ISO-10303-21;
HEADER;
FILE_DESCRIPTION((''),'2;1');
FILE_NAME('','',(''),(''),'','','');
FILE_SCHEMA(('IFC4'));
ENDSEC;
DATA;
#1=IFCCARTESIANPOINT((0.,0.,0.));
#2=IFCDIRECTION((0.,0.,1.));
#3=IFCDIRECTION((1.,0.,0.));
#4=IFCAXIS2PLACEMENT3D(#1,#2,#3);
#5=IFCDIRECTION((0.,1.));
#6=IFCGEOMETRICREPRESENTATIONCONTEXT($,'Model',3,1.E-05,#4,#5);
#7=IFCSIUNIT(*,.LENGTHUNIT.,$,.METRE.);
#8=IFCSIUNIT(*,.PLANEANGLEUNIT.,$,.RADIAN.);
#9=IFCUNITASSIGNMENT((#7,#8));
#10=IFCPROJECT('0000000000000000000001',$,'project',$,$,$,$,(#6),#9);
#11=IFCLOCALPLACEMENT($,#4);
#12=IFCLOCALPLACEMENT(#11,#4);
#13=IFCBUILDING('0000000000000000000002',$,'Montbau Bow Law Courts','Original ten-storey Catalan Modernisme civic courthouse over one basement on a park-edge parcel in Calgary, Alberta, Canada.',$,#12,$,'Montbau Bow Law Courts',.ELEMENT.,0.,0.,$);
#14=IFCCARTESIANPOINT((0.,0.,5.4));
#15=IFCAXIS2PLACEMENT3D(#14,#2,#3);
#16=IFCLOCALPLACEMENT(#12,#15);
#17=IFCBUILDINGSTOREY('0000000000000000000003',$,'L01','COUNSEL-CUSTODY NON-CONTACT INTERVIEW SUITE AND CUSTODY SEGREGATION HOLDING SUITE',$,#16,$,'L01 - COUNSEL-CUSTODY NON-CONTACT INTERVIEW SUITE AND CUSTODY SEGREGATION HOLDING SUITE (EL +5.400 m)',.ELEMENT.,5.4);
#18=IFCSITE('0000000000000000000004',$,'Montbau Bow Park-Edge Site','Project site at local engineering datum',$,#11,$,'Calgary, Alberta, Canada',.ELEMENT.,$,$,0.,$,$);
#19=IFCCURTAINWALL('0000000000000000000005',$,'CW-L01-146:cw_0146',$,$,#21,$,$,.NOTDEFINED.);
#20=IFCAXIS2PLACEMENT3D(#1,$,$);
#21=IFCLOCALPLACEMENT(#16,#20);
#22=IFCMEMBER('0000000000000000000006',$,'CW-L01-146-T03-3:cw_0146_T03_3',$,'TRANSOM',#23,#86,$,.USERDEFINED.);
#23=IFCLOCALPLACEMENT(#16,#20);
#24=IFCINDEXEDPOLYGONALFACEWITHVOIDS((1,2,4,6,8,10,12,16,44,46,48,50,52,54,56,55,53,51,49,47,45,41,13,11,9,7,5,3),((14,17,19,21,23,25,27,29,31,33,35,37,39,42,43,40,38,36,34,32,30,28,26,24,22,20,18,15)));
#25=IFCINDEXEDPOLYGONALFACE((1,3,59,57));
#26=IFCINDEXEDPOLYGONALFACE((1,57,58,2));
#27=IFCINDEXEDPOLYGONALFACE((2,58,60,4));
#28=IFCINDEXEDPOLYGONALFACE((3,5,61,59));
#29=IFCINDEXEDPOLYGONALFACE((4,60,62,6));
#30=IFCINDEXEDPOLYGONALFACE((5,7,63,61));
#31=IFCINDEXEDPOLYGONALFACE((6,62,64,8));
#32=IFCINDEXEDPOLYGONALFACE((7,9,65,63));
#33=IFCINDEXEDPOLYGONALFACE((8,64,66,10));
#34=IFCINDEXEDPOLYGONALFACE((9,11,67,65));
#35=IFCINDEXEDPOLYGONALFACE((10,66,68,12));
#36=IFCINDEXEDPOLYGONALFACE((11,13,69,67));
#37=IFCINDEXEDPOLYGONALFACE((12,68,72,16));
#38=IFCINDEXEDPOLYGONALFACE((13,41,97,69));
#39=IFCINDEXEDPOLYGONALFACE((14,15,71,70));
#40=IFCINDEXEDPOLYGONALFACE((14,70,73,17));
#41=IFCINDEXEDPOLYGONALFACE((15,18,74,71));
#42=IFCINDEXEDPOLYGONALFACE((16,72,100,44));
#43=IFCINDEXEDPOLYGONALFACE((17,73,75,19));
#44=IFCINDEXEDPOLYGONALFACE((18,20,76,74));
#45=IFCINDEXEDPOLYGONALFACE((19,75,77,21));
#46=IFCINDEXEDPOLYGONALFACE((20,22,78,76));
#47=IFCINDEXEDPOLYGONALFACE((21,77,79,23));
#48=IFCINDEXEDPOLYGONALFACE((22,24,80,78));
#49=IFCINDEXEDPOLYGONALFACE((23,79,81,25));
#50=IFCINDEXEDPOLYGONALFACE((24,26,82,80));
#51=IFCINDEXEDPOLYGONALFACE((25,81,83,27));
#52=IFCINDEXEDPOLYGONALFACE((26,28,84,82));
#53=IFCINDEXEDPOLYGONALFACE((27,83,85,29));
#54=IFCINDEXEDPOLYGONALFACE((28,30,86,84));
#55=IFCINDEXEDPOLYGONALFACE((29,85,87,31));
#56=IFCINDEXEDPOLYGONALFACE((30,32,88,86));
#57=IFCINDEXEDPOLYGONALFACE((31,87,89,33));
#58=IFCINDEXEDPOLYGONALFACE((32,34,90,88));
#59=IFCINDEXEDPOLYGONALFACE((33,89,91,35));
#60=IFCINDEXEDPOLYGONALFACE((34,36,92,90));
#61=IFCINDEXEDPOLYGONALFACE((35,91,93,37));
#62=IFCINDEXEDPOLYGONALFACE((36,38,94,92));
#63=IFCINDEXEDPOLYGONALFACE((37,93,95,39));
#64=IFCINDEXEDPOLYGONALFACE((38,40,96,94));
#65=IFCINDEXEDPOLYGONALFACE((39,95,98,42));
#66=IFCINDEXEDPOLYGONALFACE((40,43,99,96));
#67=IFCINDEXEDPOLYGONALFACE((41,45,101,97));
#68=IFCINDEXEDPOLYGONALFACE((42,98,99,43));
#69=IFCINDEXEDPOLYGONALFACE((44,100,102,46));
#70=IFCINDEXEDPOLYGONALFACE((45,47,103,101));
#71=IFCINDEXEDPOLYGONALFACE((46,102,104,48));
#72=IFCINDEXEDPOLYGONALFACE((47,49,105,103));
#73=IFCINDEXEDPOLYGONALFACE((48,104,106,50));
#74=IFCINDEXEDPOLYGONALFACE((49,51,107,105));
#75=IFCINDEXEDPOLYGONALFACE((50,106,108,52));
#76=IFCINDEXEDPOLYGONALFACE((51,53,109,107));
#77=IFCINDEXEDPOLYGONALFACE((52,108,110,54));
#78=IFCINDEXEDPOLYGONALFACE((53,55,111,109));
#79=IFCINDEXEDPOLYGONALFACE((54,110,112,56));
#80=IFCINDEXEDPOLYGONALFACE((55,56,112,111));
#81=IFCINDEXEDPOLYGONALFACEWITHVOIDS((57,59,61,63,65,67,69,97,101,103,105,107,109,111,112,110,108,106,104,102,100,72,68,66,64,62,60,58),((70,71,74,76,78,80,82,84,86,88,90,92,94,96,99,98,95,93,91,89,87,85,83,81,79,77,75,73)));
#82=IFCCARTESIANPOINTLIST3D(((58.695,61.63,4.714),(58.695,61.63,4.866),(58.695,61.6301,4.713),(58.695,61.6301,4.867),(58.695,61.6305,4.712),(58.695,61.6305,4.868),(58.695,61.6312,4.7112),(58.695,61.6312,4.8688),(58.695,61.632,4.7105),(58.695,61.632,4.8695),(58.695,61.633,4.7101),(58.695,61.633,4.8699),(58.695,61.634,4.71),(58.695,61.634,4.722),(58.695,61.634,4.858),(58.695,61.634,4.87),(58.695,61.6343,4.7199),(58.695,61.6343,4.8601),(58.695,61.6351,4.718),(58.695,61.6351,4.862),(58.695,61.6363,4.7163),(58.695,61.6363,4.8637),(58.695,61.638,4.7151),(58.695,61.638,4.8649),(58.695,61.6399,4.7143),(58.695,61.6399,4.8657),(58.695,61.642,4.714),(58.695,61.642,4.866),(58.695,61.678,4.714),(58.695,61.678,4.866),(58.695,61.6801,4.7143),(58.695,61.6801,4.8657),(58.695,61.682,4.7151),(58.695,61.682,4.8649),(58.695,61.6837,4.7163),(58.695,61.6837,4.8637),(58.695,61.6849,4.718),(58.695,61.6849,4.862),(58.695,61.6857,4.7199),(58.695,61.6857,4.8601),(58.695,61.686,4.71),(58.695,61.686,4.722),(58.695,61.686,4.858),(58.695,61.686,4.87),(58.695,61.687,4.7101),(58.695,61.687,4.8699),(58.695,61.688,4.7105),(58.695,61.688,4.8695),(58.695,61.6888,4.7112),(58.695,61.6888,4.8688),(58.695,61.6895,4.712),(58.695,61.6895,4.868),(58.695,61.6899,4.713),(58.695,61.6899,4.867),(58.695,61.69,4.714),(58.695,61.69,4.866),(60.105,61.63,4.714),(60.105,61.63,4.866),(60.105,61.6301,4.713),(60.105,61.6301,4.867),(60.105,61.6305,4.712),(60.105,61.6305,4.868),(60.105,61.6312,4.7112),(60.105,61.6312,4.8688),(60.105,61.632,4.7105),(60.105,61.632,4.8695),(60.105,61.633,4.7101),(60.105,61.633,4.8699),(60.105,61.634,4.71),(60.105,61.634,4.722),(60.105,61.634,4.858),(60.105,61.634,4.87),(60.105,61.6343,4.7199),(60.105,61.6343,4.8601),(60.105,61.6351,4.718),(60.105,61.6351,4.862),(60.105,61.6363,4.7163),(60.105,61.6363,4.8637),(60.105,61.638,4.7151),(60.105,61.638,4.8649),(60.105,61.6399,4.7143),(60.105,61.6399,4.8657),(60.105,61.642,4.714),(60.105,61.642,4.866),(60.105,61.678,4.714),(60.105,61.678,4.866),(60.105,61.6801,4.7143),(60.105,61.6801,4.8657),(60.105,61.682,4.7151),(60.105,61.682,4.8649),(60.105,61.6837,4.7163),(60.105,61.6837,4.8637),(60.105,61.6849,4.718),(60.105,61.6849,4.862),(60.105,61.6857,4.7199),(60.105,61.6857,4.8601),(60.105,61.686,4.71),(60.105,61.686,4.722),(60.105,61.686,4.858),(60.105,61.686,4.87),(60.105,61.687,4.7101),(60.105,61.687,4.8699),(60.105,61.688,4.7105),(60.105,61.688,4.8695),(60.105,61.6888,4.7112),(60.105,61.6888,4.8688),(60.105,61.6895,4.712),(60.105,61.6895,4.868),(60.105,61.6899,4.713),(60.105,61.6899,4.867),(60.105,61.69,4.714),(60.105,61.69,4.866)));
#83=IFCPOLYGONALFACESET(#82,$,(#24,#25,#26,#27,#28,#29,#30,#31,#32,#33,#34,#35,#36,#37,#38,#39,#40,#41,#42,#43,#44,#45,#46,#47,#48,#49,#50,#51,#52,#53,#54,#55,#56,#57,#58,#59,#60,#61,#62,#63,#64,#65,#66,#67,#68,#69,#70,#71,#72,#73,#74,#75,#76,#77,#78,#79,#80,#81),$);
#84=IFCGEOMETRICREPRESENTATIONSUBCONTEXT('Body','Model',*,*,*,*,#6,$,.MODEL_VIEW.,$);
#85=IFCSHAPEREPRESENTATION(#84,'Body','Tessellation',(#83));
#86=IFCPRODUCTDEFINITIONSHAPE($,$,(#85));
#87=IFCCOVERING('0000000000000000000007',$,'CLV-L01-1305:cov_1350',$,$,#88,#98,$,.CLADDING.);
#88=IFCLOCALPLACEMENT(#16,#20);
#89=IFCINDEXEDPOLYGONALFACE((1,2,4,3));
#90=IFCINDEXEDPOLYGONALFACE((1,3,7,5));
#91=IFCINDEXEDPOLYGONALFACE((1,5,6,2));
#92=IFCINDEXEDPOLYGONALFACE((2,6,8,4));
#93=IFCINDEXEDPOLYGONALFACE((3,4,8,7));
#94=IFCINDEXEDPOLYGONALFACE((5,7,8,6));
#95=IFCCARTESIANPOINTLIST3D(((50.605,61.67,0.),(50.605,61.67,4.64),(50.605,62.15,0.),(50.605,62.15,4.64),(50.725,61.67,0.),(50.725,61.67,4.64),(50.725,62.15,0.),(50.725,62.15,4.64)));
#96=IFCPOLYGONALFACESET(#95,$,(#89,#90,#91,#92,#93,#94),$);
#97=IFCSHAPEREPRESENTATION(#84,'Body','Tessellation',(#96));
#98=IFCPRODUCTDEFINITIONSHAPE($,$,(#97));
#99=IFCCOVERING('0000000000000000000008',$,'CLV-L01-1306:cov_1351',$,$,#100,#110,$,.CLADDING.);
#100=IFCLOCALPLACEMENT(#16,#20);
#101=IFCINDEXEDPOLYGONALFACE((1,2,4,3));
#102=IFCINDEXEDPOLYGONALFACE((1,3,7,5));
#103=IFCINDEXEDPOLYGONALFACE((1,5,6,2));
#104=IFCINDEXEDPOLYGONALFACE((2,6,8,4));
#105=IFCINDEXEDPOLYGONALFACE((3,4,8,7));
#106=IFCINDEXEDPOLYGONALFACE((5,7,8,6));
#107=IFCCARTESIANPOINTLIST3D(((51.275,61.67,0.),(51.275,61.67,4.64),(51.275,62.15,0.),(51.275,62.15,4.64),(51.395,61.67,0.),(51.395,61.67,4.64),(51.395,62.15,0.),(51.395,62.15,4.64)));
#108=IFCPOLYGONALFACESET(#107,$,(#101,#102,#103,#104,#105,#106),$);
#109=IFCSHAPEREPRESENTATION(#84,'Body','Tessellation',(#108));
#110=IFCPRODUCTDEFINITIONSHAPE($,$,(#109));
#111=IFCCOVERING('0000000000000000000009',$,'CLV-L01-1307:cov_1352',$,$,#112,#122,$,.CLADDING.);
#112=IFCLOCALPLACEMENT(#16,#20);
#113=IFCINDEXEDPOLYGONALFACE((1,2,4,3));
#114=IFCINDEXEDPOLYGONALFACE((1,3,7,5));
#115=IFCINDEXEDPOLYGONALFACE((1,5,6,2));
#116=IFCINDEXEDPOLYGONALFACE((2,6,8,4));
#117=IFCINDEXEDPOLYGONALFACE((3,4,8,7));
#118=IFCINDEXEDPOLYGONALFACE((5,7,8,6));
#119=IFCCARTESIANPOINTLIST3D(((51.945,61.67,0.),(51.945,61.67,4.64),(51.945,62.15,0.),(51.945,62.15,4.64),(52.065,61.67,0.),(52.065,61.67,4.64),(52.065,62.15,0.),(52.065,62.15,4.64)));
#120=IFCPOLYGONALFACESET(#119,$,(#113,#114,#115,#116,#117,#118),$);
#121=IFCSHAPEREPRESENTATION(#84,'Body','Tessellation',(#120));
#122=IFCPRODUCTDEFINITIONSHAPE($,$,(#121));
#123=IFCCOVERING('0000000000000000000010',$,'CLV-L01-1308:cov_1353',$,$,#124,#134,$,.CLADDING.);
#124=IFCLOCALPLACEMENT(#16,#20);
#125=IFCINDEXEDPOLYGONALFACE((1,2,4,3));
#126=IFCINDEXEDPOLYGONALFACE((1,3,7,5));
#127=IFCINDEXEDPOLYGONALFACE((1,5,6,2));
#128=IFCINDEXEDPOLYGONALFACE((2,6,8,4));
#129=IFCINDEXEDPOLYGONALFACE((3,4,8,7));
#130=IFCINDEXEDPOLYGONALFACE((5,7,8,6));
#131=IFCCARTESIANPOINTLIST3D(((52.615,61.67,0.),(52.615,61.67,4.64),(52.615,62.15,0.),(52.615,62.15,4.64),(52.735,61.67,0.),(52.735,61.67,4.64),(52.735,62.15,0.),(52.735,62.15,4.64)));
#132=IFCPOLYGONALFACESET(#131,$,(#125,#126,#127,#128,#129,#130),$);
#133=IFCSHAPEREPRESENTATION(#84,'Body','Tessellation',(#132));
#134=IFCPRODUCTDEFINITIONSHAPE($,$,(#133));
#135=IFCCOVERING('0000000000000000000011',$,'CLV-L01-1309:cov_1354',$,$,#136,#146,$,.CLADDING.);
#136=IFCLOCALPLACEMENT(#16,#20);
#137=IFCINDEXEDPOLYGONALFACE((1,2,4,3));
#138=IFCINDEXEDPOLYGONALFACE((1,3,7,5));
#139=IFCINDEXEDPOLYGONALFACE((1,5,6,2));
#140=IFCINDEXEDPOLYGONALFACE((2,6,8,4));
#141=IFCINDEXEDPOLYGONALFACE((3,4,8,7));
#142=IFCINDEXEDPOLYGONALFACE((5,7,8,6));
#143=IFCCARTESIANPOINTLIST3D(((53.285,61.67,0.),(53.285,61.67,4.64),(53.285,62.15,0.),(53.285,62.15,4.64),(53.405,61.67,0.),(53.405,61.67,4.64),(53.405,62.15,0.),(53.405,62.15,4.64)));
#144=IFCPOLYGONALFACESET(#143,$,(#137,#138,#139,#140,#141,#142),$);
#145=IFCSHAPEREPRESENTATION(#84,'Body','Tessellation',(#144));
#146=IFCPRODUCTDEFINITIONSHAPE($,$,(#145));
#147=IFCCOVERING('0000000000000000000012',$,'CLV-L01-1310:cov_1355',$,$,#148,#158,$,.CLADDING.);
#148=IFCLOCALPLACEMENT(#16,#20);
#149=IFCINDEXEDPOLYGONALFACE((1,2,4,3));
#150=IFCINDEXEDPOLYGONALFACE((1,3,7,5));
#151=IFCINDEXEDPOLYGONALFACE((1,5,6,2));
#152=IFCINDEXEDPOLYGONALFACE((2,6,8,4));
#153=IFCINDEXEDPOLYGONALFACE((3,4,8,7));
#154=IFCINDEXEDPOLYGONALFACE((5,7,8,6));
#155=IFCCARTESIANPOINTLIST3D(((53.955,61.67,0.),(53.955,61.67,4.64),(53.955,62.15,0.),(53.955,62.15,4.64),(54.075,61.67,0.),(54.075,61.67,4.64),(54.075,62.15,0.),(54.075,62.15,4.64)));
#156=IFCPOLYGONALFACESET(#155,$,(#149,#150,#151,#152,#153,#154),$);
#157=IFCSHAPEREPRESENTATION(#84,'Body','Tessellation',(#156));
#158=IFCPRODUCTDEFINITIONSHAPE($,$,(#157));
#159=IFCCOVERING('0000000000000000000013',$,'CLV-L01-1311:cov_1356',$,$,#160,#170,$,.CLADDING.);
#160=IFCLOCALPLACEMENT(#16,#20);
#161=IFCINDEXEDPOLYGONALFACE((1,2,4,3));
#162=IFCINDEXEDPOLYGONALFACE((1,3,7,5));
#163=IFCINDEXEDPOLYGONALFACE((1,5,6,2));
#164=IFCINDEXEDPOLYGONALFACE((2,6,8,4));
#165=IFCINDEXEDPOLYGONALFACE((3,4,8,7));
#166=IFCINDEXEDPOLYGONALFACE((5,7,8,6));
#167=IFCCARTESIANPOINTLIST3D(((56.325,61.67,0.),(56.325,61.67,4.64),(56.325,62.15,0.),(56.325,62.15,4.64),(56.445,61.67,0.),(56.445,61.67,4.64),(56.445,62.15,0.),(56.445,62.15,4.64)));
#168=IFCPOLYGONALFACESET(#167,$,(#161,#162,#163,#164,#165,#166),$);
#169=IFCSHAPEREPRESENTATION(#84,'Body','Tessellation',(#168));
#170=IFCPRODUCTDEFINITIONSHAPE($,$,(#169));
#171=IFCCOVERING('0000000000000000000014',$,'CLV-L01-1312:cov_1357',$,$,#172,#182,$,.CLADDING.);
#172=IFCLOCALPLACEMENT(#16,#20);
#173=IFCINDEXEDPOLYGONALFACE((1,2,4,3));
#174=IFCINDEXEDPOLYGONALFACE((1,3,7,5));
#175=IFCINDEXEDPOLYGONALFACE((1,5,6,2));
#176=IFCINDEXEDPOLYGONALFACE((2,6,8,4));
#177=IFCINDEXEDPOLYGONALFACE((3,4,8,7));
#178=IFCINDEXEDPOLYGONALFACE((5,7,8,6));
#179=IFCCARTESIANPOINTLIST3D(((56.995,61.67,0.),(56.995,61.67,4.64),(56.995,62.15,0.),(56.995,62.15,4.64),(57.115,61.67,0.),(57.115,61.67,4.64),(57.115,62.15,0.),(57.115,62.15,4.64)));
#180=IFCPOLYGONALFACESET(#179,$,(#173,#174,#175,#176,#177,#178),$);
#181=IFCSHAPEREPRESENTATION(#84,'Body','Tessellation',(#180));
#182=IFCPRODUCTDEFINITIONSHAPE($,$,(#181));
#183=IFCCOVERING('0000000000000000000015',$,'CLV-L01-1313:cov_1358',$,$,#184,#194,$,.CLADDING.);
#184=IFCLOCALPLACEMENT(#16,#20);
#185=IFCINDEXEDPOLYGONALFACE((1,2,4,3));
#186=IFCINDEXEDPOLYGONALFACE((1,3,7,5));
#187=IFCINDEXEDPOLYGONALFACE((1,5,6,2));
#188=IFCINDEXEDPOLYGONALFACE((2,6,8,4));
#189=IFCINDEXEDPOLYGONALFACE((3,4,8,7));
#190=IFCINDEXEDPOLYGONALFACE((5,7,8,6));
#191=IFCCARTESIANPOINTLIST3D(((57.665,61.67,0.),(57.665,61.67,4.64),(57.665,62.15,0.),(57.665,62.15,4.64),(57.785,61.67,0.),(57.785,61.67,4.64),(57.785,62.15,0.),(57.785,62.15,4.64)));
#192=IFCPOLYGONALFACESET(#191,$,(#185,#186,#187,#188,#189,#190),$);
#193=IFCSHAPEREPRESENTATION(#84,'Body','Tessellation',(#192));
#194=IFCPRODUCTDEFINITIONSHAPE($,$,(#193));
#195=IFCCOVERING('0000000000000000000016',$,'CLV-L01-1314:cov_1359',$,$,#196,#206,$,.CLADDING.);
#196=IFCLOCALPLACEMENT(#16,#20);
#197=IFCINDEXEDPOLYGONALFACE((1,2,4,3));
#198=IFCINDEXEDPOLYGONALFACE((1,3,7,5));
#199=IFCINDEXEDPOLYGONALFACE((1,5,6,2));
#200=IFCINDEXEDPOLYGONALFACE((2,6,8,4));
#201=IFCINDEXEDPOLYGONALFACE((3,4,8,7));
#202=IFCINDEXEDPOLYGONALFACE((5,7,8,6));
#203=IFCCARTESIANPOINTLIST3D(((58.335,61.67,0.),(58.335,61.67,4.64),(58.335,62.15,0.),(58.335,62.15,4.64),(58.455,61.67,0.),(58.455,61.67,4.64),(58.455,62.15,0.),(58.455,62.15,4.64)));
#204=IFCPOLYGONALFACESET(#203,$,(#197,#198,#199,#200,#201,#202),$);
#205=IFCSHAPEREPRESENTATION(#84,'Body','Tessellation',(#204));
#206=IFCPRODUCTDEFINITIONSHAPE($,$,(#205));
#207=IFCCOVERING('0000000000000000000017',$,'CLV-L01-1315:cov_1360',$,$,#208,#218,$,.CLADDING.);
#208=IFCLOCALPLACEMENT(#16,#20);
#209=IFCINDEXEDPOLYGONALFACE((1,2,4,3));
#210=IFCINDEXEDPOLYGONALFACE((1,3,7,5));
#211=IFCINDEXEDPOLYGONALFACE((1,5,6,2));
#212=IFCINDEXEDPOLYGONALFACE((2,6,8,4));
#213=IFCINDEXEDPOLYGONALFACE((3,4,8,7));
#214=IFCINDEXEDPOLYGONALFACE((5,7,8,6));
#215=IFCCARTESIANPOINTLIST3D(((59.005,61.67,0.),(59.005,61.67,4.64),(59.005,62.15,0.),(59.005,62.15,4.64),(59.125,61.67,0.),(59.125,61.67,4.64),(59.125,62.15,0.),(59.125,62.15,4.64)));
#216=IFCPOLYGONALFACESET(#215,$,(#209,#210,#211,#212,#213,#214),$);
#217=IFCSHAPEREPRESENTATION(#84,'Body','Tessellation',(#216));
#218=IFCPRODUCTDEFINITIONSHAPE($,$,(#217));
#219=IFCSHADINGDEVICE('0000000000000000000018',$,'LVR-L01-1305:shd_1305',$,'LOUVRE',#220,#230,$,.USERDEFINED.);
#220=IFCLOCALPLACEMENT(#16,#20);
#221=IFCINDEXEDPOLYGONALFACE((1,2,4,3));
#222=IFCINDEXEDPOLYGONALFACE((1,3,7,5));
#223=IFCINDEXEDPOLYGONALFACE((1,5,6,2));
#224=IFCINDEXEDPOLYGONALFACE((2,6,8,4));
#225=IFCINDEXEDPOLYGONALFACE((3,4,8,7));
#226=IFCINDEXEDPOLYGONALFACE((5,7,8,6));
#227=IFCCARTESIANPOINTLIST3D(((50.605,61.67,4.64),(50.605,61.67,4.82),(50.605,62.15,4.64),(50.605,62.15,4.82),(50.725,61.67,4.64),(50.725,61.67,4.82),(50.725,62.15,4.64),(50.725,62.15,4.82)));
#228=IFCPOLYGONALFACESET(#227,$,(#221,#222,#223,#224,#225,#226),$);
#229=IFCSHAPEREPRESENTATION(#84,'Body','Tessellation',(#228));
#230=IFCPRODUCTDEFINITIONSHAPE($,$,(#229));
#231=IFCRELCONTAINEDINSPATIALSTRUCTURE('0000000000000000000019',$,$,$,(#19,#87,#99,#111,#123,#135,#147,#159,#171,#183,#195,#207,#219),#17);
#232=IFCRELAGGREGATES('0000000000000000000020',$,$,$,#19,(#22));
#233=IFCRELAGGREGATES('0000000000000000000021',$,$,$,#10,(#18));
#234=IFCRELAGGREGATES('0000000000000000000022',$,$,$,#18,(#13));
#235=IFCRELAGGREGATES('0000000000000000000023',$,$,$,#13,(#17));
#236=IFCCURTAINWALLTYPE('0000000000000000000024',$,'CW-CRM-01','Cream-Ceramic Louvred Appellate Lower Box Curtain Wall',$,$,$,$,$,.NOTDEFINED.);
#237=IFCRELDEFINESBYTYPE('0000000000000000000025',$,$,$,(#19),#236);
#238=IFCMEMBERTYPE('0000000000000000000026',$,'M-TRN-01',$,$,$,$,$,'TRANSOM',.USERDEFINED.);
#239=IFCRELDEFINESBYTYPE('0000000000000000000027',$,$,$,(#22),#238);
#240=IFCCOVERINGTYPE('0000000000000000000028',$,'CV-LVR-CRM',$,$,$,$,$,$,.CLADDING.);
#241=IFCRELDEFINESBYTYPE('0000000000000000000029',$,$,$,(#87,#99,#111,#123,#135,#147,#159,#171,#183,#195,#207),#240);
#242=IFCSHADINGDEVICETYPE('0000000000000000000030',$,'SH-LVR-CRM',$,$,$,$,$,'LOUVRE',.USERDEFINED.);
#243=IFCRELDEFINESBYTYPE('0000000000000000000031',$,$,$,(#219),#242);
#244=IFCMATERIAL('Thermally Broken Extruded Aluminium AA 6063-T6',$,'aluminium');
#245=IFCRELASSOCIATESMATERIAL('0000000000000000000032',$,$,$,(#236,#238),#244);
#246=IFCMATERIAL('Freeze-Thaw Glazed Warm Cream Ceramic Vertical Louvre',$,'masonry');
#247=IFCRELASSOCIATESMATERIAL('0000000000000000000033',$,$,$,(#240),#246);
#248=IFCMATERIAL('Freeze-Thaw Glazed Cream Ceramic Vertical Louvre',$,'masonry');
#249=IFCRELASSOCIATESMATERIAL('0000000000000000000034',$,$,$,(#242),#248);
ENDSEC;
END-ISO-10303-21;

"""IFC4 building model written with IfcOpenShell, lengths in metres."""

from ifc_helpers import new_model, si_unit, direction, frame, frame_2d, origin_with_axes, origin_2d_with_axis, place, context, subcontext, project, spatial, rectangle, hollow_rectangle, extrude, material, material_profile, profile_set, type_object, element, aggregate, save


model = new_model("IFC4")

# Units and contexts
model_context = context("Model", 3, precision=1e-05, world=origin_with_axes(), true_north=direction((0.0, 1.0)))
body_context = subcontext(model_context, "Body", "Model", "MODEL_VIEW")
ifc_project = project(units=[si_unit("LENGTHUNIT", "METRE"), si_unit("PLANEANGLEUNIT", "RADIAN")], contexts=[model_context])

# Site, building, storey
site_placement = place(None, origin_with_axes())
site = spatial("IfcSite", under=ifc_project, at=site_placement, Name="Montbau Bow Park-Edge Site", Description="Project site at local engineering datum", LongName="Calgary, Alberta, Canada", CompositionType="ELEMENT", RefElevation=0.0)
building_placement = place(site_placement, origin_with_axes())
building = spatial("IfcBuilding", under=site, at=building_placement, Name="Montbau Bow Law Courts", Description="Original ten-storey Catalan Modernisme civic courthouse over one basement on a park-edge parcel in Calgary, Alberta, Canada.", LongName="Montbau Bow Law Courts", CompositionType="ELEMENT", ElevationOfRefHeight=0.0, ElevationOfTerrain=0.0)
storey_placement = place(building_placement, frame((0.0, 0.0, 5.4), z_axis=(0.0, 0.0, 1.0), x_axis=(1.0, 0.0, 0.0)))
storey = spatial("IfcBuildingStorey", under=building, at=storey_placement, Name="L01", Description="COUNSEL-CUSTODY NON-CONTACT INTERVIEW SUITE AND CUSTODY SEGREGATION HOLDING SUITE", LongName="L01 - COUNSEL-CUSTODY NON-CONTACT INTERVIEW SUITE AND CUSTODY SEGREGATION HOLDING SUITE (EL +5.400 m)", CompositionType="ELEMENT", Elevation=5.4)

# Curtain wall, member
ifc_material_1 = material(Name="Thermally Broken Extruded Aluminium AA 6063-T6", Category="aluminium")
curtain_wall_type = type_object("IfcCurtainWallType", Name="CW-CRM-01", Description="Cream-Ceramic Louvred Appellate Lower Box Curtain Wall", PredefinedType="NOTDEFINED", material=ifc_material_1)
curtain_wall_placement = place(None, frame((55.715, 61.66, 5.4), z_axis=(0.0, 0.0, 1.0), x_axis=(1.0, 0.0, 0.0)))
curtain_wall = element("IfcCurtainWall", 1, at=curtain_wall_placement, inside=storey, type_object=curtain_wall_type, Name="CW-L01-146:cw_0146", PredefinedType="NOTDEFINED")
ifc_material_profile_1 = material_profile(ifc_material_1, hollow_rectangle(XDim=0.06, YDim=0.16, WallThickness=0.004, InnerFilletRadius=0.008, OuterFilletRadius=0.004, at=origin_2d_with_axis()), Name="CWT-160X60", Category="Main", Priority=0)
ifc_profile_set_1 = profile_set([ifc_material_profile_1], Name="Thermally Broken Extruded Aluminium AA 6063-T6")
member_type = type_object("IfcMemberType", Name="M-TRN-01", ElementType="TRANSOM", PredefinedType="USERDEFINED", material=ifc_profile_set_1)
member_1_placement = place(None, frame((58.695, 61.66, 10.19), z_axis=(1.0, 0.0, 0.0), x_axis=(0.0, 1.0, 0.0)))
member_1 = element("IfcMember", 2, at=member_1_placement, type_object=member_type, Name="CW-L01-146-T03-3:cw_0146_T03_3", ObjectType="TRANSOM", PredefinedType="USERDEFINED", context=body_context, shape_type="SweptSolid", body=[
    extrude(hollow_rectangle(XDim=0.06, YDim=0.16, WallThickness=0.004, InnerFilletRadius=0.008, OuterFilletRadius=0.004, at=origin_2d_with_axis()), origin_with_axes(), (0.0, 0.0, 1.0), 1.41),
])
aggregate(curtain_wall, [member_1])

# Coverings
ifc_material_2 = material(Name="Freeze-Thaw Glazed Warm Cream Ceramic Vertical Louvre", Category="masonry")
covering_type = type_object("IfcCoveringType", Name="CV-LVR-CRM", PredefinedType="CLADDING", material=ifc_material_2)
for number, where, z_axis, x_axis, name in (
    (3, (50.665, 61.67, 5.4), (1.0, 0.0, 0.0), (0.0, 1.0, 0.0), "CLV-L01-1305:cov_1350"),
    (4, (51.335, 61.67, 5.4), (1.0, 0.0, 0.0), (0.0, 1.0, 0.0), "CLV-L01-1306:cov_1351"),
    (5, (52.005, 61.67, 5.4), (1.0, 0.0, 0.0), (0.0, 1.0, 0.0), "CLV-L01-1307:cov_1352"),
    (6, (52.675, 61.67, 5.4), (1.0, 0.0, 0.0), (0.0, 1.0, 0.0), "CLV-L01-1308:cov_1353"),
    (7, (53.345, 61.67, 5.4), (1.0, 0.0, 0.0), (0.0, 1.0, 0.0), "CLV-L01-1309:cov_1354"),
    (8, (54.015, 61.67, 5.4), (1.0, 0.0, 0.0), (0.0, 1.0, 0.0), "CLV-L01-1310:cov_1355"),
    (9, (56.385, 61.67, 5.4), (1.0, 0.0, 0.0), (0.0, 1.0, 0.0), "CLV-L01-1311:cov_1356"),
    (10, (57.055, 61.67, 5.4), (1.0, 0.0, 0.0), (0.0, 1.0, 0.0), "CLV-L01-1312:cov_1357"),
    (11, (57.725, 61.67, 5.4), (1.0, 0.0, 0.0), (0.0, 1.0, 0.0), "CLV-L01-1313:cov_1358"),
    (12, (58.395, 61.67, 5.4), (1.0, 0.0, 0.0), (0.0, 1.0, 0.0), "CLV-L01-1314:cov_1359"),
    (13, (59.065, 61.67, 5.4), (1.0, 0.0, 0.0), (0.0, 1.0, 0.0), "CLV-L01-1315:cov_1360"),
):
    element("IfcCovering", number, at=place(None, frame(where, z_axis=z_axis, x_axis=x_axis)), inside=storey, type_object=covering_type, Name=name, PredefinedType="CLADDING", context=body_context, shape_type="SweptSolid", body=[
        extrude(rectangle(XDim=0.48, YDim=4.64, at=frame_2d((0.24, 2.32), x_axis=(1.0, 0.0))), frame((0.0, 0.0, -0.06), z_axis=(0.0, 0.0, 1.0), x_axis=(1.0, 0.0, 0.0)), (0.0, 0.0, 1.0), 0.12),
    ])

# Shading device
ifc_material_3 = material(Name="Freeze-Thaw Glazed Cream Ceramic Vertical Louvre", Category="masonry")
shading_device_type = type_object("IfcShadingDeviceType", Name="SH-LVR-CRM", ElementType="LOUVRE", PredefinedType="USERDEFINED", material=ifc_material_3)
for number, where, z_axis, x_axis, name in (
    (14, (50.665, 61.91, 10.04), (0.0, 0.0, 1.0), (0.0, 1.0, 0.0), "LVR-L01-1305:shd_1305"),
):
    element("IfcShadingDevice", number, at=place(None, frame(where, z_axis=z_axis, x_axis=x_axis)), inside=storey, type_object=shading_device_type, Name=name, ObjectType="LOUVRE", PredefinedType="USERDEFINED", context=body_context, shape_type="SweptSolid", body=[
        extrude(rectangle(XDim=0.48, YDim=0.12, at=origin_2d_with_axis()), origin_with_axes(), (0.0, 0.0, 1.0), 0.18),
    ])

save(model, "model.ifc")
